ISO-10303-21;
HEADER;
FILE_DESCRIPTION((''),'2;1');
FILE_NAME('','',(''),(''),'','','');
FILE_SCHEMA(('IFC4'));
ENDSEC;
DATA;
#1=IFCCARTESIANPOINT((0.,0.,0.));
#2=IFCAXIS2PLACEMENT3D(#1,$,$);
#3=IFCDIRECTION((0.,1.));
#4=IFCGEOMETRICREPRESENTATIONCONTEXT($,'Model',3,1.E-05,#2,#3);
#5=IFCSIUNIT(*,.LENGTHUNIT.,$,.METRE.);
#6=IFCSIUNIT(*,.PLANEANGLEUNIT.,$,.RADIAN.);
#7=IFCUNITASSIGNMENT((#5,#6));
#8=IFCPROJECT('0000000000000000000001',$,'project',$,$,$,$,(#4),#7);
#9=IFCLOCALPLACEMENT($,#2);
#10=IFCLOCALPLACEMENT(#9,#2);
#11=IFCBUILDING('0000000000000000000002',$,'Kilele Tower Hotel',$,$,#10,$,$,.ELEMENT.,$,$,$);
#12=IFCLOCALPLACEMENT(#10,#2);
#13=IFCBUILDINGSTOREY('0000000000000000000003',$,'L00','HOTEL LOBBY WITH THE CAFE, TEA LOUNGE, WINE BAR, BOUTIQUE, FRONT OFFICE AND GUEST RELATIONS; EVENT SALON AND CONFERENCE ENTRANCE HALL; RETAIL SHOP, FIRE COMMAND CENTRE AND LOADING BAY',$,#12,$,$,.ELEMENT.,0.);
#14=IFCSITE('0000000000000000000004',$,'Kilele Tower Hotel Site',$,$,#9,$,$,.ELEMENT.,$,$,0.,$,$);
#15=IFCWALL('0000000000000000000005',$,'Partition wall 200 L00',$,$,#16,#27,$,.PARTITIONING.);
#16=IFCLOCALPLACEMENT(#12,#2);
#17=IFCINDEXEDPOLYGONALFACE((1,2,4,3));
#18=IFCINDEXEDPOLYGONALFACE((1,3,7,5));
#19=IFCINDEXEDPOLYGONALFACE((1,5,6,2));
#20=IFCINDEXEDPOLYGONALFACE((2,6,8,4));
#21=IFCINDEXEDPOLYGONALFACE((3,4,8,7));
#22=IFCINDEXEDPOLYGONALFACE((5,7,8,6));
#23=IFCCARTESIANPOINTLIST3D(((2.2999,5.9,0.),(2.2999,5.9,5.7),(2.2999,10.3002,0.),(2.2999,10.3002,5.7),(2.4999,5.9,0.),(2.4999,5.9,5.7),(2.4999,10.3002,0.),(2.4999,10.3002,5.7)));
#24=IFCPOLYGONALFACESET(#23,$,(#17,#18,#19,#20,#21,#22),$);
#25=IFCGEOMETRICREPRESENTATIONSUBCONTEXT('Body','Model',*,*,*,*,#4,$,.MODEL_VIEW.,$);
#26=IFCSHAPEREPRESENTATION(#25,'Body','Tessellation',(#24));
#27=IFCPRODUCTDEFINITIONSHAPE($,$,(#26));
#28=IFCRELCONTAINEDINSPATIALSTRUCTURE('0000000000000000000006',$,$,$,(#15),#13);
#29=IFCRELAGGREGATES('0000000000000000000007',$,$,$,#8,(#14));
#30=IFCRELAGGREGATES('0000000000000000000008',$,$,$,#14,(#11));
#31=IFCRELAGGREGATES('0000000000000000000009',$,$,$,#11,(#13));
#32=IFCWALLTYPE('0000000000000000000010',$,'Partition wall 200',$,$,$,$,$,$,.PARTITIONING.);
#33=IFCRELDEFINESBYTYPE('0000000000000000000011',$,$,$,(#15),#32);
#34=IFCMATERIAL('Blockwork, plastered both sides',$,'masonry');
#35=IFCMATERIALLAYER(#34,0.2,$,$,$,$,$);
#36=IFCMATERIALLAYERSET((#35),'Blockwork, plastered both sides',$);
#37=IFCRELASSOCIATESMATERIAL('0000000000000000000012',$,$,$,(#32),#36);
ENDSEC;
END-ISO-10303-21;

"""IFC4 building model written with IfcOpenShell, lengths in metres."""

from ifc_helpers import new_model, si_unit, direction, frame, frame_2d, origin, place, context, subcontext, project, spatial, rectangle, extrude, material, layer, layer_set, type_object, element, save


model = new_model("IFC4")

# Units and contexts
model_context = context("Model", 3, precision=1e-05, world=origin(), true_north=direction((0.0, 1.0)))
body_context = subcontext(model_context, "Body", "Model", "MODEL_VIEW")
ifc_project = project(units=[si_unit("LENGTHUNIT", "METRE"), si_unit("PLANEANGLEUNIT", "RADIAN")], contexts=[model_context])

# Site, building, storey
site_placement = place(None, origin())
site = spatial("IfcSite", under=ifc_project, at=site_placement, Name="Kilele Tower Hotel Site", CompositionType="ELEMENT", RefElevation=0.0)
building_placement = place(site_placement, origin())
building = spatial("IfcBuilding", under=site, at=building_placement, Name="Kilele Tower Hotel", CompositionType="ELEMENT")
storey_placement = place(building_placement, origin())
storey = spatial("IfcBuildingStorey", under=building, at=storey_placement, Name="L00", Description="HOTEL LOBBY WITH THE CAFE, TEA LOUNGE, WINE BAR, BOUTIQUE, FRONT OFFICE AND GUEST RELATIONS; EVENT SALON AND CONFERENCE ENTRANCE HALL; RETAIL SHOP, FIRE COMMAND CENTRE AND LOADING BAY", CompositionType="ELEMENT", Elevation=0.0)

# Shared definitions
ifc_material_1 = material(Name="Blockwork, plastered both sides", Category="masonry")
ifc_layer = layer(ifc_material_1, 0.2)
ifc_layer_set = layer_set([ifc_layer], Name="Blockwork, plastered both sides")
wall_type = type_object("IfcWallType", Name="Partition wall 200", PredefinedType="PARTITIONING", material=ifc_layer_set)

# Wall
wall_1_placement = place(storey_placement, frame((2.3999, 5.8999, 0.0), z_axis=(0.0, 0.0, 1.0), x_axis=(0.0, 1.0, 0.0)))
element("IfcWall", 1, at=wall_1_placement, inside=storey, type_object=wall_type, Name="Partition wall 200 L00", PredefinedType="PARTITIONING", context=body_context, shape_type="SweptSolid", body=[
    extrude(rectangle(XDim=4.4001, YDim=0.2, at=frame_2d((2.2002, 0.0))), origin(), (0.0, 0.0, 1.0), 5.7),
])

save(model, "model.ifc")
